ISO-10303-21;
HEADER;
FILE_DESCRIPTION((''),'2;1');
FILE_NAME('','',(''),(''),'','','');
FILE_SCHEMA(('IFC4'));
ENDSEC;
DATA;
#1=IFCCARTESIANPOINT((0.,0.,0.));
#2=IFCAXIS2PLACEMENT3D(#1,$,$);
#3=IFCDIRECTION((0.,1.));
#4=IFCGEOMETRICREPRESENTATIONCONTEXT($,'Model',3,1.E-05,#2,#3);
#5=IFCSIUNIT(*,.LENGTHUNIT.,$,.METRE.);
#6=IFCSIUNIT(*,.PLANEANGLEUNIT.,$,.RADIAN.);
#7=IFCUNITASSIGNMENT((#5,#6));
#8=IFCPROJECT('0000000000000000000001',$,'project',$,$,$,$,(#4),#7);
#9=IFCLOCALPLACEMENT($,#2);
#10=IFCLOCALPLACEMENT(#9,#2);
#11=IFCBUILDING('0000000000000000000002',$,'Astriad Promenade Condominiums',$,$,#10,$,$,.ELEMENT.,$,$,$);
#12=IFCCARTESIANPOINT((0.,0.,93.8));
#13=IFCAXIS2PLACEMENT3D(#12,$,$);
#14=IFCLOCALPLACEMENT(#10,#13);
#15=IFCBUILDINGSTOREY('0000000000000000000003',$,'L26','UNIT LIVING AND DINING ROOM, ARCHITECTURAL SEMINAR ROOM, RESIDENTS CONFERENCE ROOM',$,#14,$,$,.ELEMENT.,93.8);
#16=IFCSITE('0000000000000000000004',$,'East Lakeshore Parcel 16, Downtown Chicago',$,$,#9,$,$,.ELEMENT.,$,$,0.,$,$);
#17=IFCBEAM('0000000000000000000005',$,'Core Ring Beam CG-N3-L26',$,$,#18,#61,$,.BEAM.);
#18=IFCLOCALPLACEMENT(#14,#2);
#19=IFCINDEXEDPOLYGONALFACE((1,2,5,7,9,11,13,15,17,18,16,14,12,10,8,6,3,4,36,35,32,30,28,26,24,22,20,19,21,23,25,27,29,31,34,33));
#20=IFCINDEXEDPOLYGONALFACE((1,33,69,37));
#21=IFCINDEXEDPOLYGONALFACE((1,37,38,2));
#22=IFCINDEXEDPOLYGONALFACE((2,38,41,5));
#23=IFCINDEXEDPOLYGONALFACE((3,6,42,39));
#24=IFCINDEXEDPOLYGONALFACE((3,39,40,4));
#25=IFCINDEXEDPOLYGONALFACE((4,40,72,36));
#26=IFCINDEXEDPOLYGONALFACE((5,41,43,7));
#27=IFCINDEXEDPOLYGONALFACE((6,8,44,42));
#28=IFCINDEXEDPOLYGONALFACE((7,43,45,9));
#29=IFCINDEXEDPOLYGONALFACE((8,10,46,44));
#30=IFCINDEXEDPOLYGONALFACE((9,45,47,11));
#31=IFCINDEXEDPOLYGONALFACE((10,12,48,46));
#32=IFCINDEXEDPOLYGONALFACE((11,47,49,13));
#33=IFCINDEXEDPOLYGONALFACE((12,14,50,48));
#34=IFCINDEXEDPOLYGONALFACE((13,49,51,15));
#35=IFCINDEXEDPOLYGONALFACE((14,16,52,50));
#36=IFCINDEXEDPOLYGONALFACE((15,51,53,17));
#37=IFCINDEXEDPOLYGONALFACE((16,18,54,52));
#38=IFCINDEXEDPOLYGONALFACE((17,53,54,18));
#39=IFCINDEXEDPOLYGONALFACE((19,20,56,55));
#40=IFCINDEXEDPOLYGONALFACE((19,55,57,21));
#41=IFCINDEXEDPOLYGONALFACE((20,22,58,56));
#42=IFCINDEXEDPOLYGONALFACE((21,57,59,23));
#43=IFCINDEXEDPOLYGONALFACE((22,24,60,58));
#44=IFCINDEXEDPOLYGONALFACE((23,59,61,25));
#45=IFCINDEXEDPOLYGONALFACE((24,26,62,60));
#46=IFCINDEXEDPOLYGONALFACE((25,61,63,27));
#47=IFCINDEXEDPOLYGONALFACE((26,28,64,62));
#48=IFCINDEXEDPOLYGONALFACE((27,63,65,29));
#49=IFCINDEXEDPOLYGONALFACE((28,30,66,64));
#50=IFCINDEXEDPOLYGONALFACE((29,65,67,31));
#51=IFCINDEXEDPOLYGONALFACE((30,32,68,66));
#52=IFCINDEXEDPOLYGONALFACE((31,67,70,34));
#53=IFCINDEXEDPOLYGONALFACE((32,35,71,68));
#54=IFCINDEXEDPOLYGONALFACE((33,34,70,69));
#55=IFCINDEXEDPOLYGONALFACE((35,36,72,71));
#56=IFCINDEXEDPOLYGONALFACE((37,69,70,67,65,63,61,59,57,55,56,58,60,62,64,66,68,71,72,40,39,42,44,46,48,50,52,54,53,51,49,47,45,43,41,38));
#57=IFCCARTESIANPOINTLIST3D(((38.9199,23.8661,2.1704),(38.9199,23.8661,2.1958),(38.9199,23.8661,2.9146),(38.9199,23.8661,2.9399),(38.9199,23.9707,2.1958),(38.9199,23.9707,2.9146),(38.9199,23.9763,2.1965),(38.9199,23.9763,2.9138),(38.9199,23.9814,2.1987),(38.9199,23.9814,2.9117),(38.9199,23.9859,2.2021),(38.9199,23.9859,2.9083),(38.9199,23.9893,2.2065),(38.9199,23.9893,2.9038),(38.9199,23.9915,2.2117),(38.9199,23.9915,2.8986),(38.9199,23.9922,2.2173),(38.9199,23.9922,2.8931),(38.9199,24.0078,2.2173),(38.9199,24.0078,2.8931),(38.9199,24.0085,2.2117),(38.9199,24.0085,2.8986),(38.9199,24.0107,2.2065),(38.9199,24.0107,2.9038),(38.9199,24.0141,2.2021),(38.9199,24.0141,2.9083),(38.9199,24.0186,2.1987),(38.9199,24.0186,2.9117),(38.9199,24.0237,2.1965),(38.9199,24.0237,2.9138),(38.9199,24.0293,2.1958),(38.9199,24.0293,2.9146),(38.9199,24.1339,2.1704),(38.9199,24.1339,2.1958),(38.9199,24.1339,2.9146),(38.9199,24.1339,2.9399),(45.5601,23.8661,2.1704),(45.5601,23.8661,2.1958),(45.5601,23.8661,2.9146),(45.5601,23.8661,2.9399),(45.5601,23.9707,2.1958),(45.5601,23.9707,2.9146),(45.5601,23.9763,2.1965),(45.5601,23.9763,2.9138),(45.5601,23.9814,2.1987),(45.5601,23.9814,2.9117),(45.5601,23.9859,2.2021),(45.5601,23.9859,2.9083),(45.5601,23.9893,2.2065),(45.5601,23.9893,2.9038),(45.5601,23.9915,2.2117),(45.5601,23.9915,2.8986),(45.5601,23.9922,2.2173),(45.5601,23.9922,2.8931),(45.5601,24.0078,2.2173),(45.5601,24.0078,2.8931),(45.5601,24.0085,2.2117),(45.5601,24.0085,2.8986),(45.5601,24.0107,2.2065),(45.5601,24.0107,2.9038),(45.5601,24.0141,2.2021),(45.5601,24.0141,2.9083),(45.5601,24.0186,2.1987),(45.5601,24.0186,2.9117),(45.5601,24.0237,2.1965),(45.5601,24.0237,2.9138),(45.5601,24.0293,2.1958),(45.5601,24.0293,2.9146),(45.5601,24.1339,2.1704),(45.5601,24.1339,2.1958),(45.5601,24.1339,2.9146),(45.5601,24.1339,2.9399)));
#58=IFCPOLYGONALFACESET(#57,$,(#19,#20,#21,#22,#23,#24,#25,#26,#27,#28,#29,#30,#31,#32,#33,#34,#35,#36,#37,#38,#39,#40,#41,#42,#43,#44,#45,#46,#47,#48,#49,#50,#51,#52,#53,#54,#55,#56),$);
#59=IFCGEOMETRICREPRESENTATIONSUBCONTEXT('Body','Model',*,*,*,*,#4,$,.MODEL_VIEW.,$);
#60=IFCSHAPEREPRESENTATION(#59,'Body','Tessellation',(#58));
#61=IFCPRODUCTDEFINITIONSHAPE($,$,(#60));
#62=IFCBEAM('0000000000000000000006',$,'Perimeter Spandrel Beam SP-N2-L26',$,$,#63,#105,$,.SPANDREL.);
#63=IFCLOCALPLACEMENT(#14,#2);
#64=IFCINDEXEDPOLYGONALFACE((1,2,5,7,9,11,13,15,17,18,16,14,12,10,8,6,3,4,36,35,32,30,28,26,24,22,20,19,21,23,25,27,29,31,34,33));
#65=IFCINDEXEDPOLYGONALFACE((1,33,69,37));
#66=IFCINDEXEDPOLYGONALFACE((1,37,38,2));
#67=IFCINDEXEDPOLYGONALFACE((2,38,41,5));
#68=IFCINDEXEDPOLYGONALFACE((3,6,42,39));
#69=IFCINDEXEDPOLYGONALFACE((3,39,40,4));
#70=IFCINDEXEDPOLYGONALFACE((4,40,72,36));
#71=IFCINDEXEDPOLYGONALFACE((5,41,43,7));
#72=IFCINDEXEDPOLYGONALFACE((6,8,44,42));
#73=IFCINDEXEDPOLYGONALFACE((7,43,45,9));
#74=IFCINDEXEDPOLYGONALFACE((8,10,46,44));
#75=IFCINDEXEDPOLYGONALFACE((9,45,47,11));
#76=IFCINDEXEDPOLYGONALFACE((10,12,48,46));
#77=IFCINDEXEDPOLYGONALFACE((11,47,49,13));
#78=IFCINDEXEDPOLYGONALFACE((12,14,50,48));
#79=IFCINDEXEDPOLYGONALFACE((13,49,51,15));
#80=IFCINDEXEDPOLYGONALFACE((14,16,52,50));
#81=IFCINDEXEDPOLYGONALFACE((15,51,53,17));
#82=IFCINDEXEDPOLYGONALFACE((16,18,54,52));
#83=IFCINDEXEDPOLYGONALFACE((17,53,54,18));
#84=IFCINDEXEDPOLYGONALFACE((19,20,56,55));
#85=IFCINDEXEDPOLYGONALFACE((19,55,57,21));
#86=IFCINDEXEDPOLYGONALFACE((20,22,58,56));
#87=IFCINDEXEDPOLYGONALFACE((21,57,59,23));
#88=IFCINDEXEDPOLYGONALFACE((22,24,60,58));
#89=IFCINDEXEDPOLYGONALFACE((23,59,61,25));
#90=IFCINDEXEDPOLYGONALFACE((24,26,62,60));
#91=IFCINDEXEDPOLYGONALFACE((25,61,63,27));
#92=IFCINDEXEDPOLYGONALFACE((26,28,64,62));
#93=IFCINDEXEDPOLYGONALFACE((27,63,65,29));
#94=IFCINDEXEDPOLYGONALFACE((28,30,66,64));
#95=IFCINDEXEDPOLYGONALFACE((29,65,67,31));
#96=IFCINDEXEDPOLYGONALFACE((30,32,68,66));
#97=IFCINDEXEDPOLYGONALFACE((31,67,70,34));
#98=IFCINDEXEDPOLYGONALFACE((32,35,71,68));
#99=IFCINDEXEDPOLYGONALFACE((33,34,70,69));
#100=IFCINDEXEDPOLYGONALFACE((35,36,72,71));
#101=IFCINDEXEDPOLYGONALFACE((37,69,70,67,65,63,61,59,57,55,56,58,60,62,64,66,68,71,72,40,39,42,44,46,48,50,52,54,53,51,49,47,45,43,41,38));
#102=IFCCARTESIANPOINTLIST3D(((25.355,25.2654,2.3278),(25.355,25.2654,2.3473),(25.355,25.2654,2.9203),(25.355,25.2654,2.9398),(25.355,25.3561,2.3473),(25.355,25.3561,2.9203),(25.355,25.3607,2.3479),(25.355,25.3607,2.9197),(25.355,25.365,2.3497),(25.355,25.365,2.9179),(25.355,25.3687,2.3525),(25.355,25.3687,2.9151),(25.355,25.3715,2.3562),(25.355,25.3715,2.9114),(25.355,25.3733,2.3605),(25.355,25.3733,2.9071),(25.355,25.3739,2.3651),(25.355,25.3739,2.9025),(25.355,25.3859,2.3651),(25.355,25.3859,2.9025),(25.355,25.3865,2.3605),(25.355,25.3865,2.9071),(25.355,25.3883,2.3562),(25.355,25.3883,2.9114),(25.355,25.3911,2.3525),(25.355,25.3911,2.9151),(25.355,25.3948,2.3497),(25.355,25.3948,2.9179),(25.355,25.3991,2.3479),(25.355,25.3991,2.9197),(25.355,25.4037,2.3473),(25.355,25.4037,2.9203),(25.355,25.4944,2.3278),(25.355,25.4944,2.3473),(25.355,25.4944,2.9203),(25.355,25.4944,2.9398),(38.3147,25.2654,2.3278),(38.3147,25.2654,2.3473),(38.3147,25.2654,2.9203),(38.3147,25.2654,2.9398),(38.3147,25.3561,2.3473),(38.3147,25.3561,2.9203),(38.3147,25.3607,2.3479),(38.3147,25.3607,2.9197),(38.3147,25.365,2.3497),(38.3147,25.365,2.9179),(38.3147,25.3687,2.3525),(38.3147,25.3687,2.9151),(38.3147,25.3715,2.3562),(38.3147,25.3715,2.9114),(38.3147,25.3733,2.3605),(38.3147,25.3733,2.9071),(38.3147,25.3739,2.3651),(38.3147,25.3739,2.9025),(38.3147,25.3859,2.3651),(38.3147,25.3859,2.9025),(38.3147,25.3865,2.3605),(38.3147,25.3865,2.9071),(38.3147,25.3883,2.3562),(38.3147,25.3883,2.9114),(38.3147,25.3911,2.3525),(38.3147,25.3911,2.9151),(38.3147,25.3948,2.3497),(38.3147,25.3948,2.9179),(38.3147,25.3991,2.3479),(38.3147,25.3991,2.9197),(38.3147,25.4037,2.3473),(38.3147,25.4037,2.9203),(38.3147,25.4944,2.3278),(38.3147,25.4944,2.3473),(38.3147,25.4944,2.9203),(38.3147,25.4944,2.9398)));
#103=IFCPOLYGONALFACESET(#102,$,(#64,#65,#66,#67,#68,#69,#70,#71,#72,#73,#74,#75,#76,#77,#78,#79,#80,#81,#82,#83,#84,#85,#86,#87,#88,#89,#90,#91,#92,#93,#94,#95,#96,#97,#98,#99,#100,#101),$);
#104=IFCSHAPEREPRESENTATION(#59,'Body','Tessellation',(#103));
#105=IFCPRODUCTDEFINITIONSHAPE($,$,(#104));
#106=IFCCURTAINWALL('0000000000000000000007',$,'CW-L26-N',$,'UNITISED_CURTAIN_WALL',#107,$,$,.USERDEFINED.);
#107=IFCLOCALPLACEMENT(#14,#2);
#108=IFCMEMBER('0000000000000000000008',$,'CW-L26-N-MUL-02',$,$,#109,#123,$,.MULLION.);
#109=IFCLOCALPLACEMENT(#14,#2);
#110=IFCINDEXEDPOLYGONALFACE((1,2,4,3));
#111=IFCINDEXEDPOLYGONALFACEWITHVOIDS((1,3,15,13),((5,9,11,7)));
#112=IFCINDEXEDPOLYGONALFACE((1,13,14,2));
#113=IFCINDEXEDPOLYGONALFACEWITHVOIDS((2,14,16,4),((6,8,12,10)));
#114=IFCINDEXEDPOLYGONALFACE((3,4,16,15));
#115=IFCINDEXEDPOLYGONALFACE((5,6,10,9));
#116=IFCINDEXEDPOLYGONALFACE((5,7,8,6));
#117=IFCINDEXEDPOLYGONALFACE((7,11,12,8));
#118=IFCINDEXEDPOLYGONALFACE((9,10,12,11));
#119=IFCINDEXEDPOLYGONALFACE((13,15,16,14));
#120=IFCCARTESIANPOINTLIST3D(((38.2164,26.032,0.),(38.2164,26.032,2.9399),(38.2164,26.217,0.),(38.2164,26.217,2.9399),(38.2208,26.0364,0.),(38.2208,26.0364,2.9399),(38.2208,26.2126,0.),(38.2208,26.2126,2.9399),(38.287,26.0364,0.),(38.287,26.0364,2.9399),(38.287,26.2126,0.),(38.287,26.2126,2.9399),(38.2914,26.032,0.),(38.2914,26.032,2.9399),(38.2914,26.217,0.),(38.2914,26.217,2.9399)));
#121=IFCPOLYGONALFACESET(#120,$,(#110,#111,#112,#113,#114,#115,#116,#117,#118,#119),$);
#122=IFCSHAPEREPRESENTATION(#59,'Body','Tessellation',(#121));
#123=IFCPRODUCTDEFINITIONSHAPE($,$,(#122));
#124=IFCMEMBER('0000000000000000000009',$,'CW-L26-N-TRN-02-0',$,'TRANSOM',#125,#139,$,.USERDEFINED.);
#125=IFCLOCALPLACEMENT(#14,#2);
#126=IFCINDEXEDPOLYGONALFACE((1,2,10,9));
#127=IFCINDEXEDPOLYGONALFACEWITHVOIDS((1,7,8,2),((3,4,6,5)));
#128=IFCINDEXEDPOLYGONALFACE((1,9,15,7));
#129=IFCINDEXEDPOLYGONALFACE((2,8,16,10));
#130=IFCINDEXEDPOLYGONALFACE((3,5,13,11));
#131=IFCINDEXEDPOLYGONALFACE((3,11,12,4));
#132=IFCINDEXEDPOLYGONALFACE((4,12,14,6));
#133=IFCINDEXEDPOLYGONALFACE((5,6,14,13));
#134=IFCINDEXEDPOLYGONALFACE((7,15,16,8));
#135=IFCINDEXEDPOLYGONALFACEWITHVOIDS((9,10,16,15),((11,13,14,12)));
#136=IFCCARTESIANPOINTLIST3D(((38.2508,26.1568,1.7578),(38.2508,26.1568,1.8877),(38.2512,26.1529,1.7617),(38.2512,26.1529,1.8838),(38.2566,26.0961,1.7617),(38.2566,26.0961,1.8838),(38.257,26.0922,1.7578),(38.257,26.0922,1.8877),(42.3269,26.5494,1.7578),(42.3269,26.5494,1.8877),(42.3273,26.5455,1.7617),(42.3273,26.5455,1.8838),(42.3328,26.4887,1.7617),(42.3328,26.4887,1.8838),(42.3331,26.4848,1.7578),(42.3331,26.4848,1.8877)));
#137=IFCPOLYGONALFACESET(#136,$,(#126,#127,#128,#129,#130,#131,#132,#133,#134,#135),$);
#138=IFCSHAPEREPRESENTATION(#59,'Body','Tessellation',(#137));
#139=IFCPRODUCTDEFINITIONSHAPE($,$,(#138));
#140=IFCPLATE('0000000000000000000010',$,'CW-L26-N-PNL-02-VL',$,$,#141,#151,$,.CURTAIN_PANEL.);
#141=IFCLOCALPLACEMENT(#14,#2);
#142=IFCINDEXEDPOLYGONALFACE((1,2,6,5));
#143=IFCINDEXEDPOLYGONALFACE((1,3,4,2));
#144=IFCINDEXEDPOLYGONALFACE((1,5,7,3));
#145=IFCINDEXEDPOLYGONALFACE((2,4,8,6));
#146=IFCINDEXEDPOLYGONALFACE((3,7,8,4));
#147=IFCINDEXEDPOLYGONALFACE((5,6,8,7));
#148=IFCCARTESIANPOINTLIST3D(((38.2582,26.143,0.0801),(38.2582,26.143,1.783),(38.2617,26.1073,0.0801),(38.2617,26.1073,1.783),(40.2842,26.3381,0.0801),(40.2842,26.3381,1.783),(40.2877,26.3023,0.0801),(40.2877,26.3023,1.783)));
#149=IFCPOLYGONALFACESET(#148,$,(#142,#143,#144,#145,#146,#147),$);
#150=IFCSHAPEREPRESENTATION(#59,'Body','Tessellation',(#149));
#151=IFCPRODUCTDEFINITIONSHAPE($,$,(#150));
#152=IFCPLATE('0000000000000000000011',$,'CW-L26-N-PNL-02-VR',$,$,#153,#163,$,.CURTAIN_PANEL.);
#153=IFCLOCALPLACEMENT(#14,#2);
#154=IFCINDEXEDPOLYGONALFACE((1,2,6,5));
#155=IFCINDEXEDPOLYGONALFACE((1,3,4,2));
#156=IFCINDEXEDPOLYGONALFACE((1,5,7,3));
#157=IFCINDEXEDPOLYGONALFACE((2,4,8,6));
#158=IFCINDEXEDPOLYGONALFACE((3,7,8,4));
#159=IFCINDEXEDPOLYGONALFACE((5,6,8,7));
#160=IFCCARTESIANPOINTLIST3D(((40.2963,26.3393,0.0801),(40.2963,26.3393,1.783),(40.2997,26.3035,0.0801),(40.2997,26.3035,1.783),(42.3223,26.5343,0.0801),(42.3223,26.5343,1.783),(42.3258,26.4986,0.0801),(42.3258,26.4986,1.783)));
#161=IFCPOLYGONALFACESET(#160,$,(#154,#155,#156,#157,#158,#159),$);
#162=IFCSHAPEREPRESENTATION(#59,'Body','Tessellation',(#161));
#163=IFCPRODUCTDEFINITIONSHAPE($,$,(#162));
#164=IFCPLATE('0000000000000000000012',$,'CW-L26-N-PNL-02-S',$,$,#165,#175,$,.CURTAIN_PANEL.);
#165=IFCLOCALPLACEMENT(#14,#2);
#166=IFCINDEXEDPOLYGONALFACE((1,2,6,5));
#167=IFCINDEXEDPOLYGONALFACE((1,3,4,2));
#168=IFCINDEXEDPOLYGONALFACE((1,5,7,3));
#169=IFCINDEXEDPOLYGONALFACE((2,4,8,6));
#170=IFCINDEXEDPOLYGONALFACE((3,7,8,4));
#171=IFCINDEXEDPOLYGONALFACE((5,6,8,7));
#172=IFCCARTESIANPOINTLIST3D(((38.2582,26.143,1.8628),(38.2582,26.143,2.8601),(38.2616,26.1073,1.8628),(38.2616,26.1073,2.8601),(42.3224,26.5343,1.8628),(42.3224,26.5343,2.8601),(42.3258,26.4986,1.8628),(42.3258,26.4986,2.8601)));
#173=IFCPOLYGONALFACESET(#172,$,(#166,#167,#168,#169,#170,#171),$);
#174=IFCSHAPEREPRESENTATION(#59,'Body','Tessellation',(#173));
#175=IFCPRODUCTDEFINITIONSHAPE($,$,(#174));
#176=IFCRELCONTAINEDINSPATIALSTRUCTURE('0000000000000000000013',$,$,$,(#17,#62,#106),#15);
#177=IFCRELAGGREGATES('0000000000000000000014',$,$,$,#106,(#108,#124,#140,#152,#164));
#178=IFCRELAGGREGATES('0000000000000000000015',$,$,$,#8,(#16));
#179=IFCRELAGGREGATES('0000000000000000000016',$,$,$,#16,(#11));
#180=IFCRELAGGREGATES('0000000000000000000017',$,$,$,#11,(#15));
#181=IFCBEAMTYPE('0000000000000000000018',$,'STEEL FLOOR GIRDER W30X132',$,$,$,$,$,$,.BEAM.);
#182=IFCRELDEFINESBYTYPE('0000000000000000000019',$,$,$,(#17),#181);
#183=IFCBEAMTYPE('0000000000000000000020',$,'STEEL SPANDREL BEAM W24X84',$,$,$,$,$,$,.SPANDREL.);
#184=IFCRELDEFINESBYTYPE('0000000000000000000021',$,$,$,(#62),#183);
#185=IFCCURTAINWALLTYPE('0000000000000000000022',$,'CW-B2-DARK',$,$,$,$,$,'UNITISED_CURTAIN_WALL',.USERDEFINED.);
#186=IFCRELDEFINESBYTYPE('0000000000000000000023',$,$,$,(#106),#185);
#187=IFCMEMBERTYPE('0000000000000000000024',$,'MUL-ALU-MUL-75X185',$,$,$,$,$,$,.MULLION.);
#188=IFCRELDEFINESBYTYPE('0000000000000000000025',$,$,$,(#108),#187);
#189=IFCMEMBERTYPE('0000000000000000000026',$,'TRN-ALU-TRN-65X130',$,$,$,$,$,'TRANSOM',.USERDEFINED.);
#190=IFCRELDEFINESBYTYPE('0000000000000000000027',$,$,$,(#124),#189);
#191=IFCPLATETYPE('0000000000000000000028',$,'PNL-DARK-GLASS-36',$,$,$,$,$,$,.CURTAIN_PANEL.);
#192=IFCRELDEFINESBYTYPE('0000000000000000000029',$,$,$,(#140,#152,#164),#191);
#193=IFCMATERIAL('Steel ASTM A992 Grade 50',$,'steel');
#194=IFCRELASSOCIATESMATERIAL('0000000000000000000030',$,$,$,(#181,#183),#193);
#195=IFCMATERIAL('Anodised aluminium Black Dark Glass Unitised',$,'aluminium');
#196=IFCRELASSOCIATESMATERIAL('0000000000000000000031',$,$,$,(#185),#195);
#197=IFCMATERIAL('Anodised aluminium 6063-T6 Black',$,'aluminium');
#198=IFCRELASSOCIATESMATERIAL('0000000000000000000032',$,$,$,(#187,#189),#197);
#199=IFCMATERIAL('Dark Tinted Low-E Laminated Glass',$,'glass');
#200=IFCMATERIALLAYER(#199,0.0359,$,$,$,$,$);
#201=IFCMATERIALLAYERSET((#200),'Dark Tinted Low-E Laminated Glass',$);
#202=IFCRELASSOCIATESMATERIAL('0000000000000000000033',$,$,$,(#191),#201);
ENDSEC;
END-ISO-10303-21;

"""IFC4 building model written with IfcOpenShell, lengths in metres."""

from ifc_helpers import new_model, si_unit, direction, frame, origin, origin_2d, place, context, subcontext, project, spatial, rectangle, hollow_rectangle, i_section, extrude, source, transform, mapped, material, layer, layer_set, material_profile, profile_set, type_object, type_shapes, element, aggregate, save


model = new_model("IFC4")

# Units and contexts
model_context = context("Model", 3, precision=1e-05, world=origin(), true_north=direction((0.0, 1.0)))
body_context = subcontext(model_context, "Body", "Model", "MODEL_VIEW")
ifc_project = project(units=[si_unit("LENGTHUNIT", "METRE"), si_unit("PLANEANGLEUNIT", "RADIAN")], contexts=[model_context])

# Site, building, storey
site_placement = place(None, origin())
site = spatial("IfcSite", under=ifc_project, at=site_placement, Name="East Lakeshore Parcel 16, Downtown Chicago", CompositionType="ELEMENT", RefElevation=0.0)
building_placement = place(site_placement, origin())
building = spatial("IfcBuilding", under=site, at=building_placement, Name="Astriad Promenade Condominiums", CompositionType="ELEMENT")
storey_placement = place(building_placement, frame((0.0, 0.0, 93.8)))
storey = spatial("IfcBuildingStorey", under=building, at=storey_placement, Name="L26", Description="UNIT LIVING AND DINING ROOM, ARCHITECTURAL SEMINAR ROOM, RESIDENTS CONFERENCE ROOM", CompositionType="ELEMENT", Elevation=93.8)

# Shared definitions
ifc_material_1 = material(Name="Steel ASTM A992 Grade 50", Category="steel")

# Beams
ifc_material_profile_1 = material_profile(ifc_material_1, i_section(OverallWidth=0.2678, OverallDepth=0.7695, WebThickness=0.0156, FlangeThickness=0.0254, FilletRadius=0.0215, at=origin_2d()), Name="W30X132")
ifc_profile_set_1 = profile_set([ifc_material_profile_1], Name="Steel ASTM A992 Grade 50")
beam_type_1 = type_object("IfcBeamType", Name="STEEL FLOOR GIRDER W30X132", PredefinedType="BEAM", material=ifc_profile_set_1)
shared_shape_1 = source(origin(), body_context, "Body", "SweptSolid", [
    extrude(i_section(OverallWidth=0.2678, OverallDepth=0.7695, WebThickness=0.0156, FlangeThickness=0.0254, FilletRadius=0.0215, at=origin_2d()), origin(), (0.0, 0.0, 1.0), 6.6401),
])
type_shapes(beam_type_1, [shared_shape_1])
beam_1_placement = place(storey_placement, frame((38.9199, 24.0, 2.5552), z_axis=(1.0, 0.0, 0.0), x_axis=(0.0, 1.0, 0.0)))
element("IfcBeam", 1, at=beam_1_placement, inside=storey, type_object=beam_type_1, Name="Core Ring Beam CG-N3-L26", PredefinedType="BEAM", context=body_context, shape_type="MappedRepresentation", body=[
    mapped(shared_shape_1, transform((0.0, 0.0, 0.0), scale=1.0)),
])
ifc_material_profile_2 = material_profile(ifc_material_1, i_section(OverallWidth=0.229, OverallDepth=0.6121, WebThickness=0.012, FlangeThickness=0.0195, FilletRadius=0.0178, at=origin_2d()), Name="W24X84")
ifc_profile_set_2 = profile_set([ifc_material_profile_2], Name="Steel ASTM A992 Grade 50")
beam_type_2 = type_object("IfcBeamType", Name="STEEL SPANDREL BEAM W24X84", PredefinedType="SPANDREL", material=ifc_profile_set_2)
shared_shape_2 = source(origin(), body_context, "Body", "SweptSolid", [
    extrude(i_section(OverallWidth=0.229, OverallDepth=0.6121, WebThickness=0.012, FlangeThickness=0.0195, FilletRadius=0.0178, at=origin_2d()), origin(), (0.0, 0.0, 1.0), 12.9597),
])
type_shapes(beam_type_2, [shared_shape_2])
beam_2_placement = place(storey_placement, frame((38.3147, 25.3799, 2.6338), z_axis=(-1.0, 0.0, 0.0), x_axis=(0.0, -1.0, 0.0)))
element("IfcBeam", 2, at=beam_2_placement, inside=storey, type_object=beam_type_2, Name="Perimeter Spandrel Beam SP-N2-L26", PredefinedType="SPANDREL", context=body_context, shape_type="MappedRepresentation", body=[
    mapped(shared_shape_2, transform((0.0, 0.0, 0.0), scale=1.0)),
])

# Curtain wall, members, plates
ifc_material_2 = material(Name="Anodised aluminium Black Dark Glass Unitised", Category="aluminium")
curtain_wall_type = type_object("IfcCurtainWallType", Name="CW-B2-DARK", ElementType="UNITISED_CURTAIN_WALL", PredefinedType="USERDEFINED", material=ifc_material_2)
curtain_wall_placement = place(storey_placement, origin())
curtain_wall = element("IfcCurtainWall", 3, at=curtain_wall_placement, inside=storey, type_object=curtain_wall_type, Name="CW-L26-N", ObjectType="UNITISED_CURTAIN_WALL", PredefinedType="USERDEFINED")
ifc_material_3 = material(Name="Anodised aluminium 6063-T6 Black", Category="aluminium")
ifc_material_profile_3 = material_profile(ifc_material_3, hollow_rectangle(XDim=0.075, YDim=0.1851, WallThickness=0.0044, at=origin_2d()), Name="ALU-MUL-75X185")
ifc_profile_set_3 = profile_set([ifc_material_profile_3], Name="Anodised aluminium 6063-T6 Black")
member_type_1 = type_object("IfcMemberType", Name="MUL-ALU-MUL-75X185", PredefinedType="MULLION", material=ifc_profile_set_3)
shared_shape_3 = source(origin(), body_context, "Body", "SweptSolid", [
    extrude(hollow_rectangle(XDim=0.075, YDim=0.1851, WallThickness=0.0044, at=origin_2d()), origin(), (0.0, 0.0, 1.0), 2.9399),
])
type_shapes(member_type_1, [shared_shape_3])
member_1_placement = place(storey_placement, frame((38.2539, 26.1245, 0.0), z_axis=(0.0, 0.0, 1.0), x_axis=(1.0, 0.0, 0.0)))
member_1 = element("IfcMember", 4, at=member_1_placement, type_object=member_type_1, Name="CW-L26-N-MUL-02", PredefinedType="MULLION", context=body_context, shape_type="MappedRepresentation", body=[
    mapped(shared_shape_3, transform((0.0, 0.0, 0.0), scale=1.0)),
])
ifc_material_profile_4 = material_profile(ifc_material_3, hollow_rectangle(XDim=0.0649, YDim=0.1299, WallThickness=0.0039, at=origin_2d()), Name="ALU-TRN-65X130")
ifc_profile_set_4 = profile_set([ifc_material_profile_4], Name="Anodised aluminium 6063-T6 Black")
member_type_2 = type_object("IfcMemberType", Name="TRN-ALU-TRN-65X130", ElementType="TRANSOM", PredefinedType="USERDEFINED", material=ifc_profile_set_4)
shared_shape_4 = source(origin(), body_context, "Body", "SweptSolid", [
    extrude(hollow_rectangle(XDim=0.0649, YDim=0.1299, WallThickness=0.0039, at=origin_2d()), origin(), (0.0, 0.0, 1.0), 4.095),
])
type_shapes(member_type_2, [shared_shape_4])
member_2_placement = place(storey_placement, frame((38.2539, 26.1245, 1.8228), z_axis=(0.995394, 0.095867, 0.0), x_axis=(-0.095867, 0.995394, 0.0)))
member_2 = element("IfcMember", 5, at=member_2_placement, type_object=member_type_2, Name="CW-L26-N-TRN-02-0", ObjectType="TRANSOM", PredefinedType="USERDEFINED", context=body_context, shape_type="MappedRepresentation", body=[
    mapped(shared_shape_4, transform((0.0, 0.0, 0.0), scale=1.0)),
])
ifc_material_4 = material(Name="Dark Tinted Low-E Laminated Glass", Category="glass")
ifc_layer_1 = layer(ifc_material_4, 0.0359)
ifc_layer_set_1 = layer_set([ifc_layer_1], Name="Dark Tinted Low-E Laminated Glass")
plate_type = type_object("IfcPlateType", Name="PNL-DARK-GLASS-36", PredefinedType="CURTAIN_PANEL", material=ifc_layer_set_1)
shared_shape_5 = source(origin(), body_context, "Body", "SweptSolid", [
    extrude(rectangle(XDim=2.0354, YDim=0.0359, at=origin_2d()), origin(), (0.0, 0.0, 1.0), 1.7029),
])
plate_1_placement = place(storey_placement, frame((39.2729, 26.2227, 0.0801), z_axis=(0.0, 0.0, 1.0), x_axis=(0.995396, 0.095846, 0.0)))
plate_1 = element("IfcPlate", 6, at=plate_1_placement, type_object=plate_type, Name="CW-L26-N-PNL-02-VL", PredefinedType="CURTAIN_PANEL", context=body_context, shape_type="MappedRepresentation", body=[
    mapped(shared_shape_5, transform((0.0, 0.0, 0.0), scale=1.0)),
])
plate_2_placement = place(storey_placement, frame((41.311, 26.4189, 0.0801), z_axis=(0.0, 0.0, 1.0), x_axis=(0.995396, 0.095846, 0.0)))
plate_2 = element("IfcPlate", 7, at=plate_2_placement, type_object=plate_type, Name="CW-L26-N-PNL-02-VR", PredefinedType="CURTAIN_PANEL", context=body_context, shape_type="MappedRepresentation", body=[
    mapped(shared_shape_5, transform((0.0, 0.0, 0.0), scale=1.0)),
])
shared_shape_6 = source(origin(), body_context, "Body", "SweptSolid", [
    extrude(rectangle(XDim=4.083, YDim=0.0359, at=origin_2d()), origin(), (0.0, 0.0, 1.0), 0.9973),
])
type_shapes(plate_type, [shared_shape_5, shared_shape_6])
plate_3_placement = place(storey_placement, frame((40.292, 26.3208, 1.8628), z_axis=(0.0, 0.0, 1.0), x_axis=(0.995396, 0.095846, 0.0)))
plate_3 = element("IfcPlate", 8, at=plate_3_placement, type_object=plate_type, Name="CW-L26-N-PNL-02-S", PredefinedType="CURTAIN_PANEL", context=body_context, shape_type="MappedRepresentation", body=[
    mapped(shared_shape_6, transform((0.0, 0.0, 0.0), scale=1.0)),
])
aggregate(curtain_wall, [member_1, member_2, plate_1, plate_2, plate_3])

save(model, "model.ifc")
